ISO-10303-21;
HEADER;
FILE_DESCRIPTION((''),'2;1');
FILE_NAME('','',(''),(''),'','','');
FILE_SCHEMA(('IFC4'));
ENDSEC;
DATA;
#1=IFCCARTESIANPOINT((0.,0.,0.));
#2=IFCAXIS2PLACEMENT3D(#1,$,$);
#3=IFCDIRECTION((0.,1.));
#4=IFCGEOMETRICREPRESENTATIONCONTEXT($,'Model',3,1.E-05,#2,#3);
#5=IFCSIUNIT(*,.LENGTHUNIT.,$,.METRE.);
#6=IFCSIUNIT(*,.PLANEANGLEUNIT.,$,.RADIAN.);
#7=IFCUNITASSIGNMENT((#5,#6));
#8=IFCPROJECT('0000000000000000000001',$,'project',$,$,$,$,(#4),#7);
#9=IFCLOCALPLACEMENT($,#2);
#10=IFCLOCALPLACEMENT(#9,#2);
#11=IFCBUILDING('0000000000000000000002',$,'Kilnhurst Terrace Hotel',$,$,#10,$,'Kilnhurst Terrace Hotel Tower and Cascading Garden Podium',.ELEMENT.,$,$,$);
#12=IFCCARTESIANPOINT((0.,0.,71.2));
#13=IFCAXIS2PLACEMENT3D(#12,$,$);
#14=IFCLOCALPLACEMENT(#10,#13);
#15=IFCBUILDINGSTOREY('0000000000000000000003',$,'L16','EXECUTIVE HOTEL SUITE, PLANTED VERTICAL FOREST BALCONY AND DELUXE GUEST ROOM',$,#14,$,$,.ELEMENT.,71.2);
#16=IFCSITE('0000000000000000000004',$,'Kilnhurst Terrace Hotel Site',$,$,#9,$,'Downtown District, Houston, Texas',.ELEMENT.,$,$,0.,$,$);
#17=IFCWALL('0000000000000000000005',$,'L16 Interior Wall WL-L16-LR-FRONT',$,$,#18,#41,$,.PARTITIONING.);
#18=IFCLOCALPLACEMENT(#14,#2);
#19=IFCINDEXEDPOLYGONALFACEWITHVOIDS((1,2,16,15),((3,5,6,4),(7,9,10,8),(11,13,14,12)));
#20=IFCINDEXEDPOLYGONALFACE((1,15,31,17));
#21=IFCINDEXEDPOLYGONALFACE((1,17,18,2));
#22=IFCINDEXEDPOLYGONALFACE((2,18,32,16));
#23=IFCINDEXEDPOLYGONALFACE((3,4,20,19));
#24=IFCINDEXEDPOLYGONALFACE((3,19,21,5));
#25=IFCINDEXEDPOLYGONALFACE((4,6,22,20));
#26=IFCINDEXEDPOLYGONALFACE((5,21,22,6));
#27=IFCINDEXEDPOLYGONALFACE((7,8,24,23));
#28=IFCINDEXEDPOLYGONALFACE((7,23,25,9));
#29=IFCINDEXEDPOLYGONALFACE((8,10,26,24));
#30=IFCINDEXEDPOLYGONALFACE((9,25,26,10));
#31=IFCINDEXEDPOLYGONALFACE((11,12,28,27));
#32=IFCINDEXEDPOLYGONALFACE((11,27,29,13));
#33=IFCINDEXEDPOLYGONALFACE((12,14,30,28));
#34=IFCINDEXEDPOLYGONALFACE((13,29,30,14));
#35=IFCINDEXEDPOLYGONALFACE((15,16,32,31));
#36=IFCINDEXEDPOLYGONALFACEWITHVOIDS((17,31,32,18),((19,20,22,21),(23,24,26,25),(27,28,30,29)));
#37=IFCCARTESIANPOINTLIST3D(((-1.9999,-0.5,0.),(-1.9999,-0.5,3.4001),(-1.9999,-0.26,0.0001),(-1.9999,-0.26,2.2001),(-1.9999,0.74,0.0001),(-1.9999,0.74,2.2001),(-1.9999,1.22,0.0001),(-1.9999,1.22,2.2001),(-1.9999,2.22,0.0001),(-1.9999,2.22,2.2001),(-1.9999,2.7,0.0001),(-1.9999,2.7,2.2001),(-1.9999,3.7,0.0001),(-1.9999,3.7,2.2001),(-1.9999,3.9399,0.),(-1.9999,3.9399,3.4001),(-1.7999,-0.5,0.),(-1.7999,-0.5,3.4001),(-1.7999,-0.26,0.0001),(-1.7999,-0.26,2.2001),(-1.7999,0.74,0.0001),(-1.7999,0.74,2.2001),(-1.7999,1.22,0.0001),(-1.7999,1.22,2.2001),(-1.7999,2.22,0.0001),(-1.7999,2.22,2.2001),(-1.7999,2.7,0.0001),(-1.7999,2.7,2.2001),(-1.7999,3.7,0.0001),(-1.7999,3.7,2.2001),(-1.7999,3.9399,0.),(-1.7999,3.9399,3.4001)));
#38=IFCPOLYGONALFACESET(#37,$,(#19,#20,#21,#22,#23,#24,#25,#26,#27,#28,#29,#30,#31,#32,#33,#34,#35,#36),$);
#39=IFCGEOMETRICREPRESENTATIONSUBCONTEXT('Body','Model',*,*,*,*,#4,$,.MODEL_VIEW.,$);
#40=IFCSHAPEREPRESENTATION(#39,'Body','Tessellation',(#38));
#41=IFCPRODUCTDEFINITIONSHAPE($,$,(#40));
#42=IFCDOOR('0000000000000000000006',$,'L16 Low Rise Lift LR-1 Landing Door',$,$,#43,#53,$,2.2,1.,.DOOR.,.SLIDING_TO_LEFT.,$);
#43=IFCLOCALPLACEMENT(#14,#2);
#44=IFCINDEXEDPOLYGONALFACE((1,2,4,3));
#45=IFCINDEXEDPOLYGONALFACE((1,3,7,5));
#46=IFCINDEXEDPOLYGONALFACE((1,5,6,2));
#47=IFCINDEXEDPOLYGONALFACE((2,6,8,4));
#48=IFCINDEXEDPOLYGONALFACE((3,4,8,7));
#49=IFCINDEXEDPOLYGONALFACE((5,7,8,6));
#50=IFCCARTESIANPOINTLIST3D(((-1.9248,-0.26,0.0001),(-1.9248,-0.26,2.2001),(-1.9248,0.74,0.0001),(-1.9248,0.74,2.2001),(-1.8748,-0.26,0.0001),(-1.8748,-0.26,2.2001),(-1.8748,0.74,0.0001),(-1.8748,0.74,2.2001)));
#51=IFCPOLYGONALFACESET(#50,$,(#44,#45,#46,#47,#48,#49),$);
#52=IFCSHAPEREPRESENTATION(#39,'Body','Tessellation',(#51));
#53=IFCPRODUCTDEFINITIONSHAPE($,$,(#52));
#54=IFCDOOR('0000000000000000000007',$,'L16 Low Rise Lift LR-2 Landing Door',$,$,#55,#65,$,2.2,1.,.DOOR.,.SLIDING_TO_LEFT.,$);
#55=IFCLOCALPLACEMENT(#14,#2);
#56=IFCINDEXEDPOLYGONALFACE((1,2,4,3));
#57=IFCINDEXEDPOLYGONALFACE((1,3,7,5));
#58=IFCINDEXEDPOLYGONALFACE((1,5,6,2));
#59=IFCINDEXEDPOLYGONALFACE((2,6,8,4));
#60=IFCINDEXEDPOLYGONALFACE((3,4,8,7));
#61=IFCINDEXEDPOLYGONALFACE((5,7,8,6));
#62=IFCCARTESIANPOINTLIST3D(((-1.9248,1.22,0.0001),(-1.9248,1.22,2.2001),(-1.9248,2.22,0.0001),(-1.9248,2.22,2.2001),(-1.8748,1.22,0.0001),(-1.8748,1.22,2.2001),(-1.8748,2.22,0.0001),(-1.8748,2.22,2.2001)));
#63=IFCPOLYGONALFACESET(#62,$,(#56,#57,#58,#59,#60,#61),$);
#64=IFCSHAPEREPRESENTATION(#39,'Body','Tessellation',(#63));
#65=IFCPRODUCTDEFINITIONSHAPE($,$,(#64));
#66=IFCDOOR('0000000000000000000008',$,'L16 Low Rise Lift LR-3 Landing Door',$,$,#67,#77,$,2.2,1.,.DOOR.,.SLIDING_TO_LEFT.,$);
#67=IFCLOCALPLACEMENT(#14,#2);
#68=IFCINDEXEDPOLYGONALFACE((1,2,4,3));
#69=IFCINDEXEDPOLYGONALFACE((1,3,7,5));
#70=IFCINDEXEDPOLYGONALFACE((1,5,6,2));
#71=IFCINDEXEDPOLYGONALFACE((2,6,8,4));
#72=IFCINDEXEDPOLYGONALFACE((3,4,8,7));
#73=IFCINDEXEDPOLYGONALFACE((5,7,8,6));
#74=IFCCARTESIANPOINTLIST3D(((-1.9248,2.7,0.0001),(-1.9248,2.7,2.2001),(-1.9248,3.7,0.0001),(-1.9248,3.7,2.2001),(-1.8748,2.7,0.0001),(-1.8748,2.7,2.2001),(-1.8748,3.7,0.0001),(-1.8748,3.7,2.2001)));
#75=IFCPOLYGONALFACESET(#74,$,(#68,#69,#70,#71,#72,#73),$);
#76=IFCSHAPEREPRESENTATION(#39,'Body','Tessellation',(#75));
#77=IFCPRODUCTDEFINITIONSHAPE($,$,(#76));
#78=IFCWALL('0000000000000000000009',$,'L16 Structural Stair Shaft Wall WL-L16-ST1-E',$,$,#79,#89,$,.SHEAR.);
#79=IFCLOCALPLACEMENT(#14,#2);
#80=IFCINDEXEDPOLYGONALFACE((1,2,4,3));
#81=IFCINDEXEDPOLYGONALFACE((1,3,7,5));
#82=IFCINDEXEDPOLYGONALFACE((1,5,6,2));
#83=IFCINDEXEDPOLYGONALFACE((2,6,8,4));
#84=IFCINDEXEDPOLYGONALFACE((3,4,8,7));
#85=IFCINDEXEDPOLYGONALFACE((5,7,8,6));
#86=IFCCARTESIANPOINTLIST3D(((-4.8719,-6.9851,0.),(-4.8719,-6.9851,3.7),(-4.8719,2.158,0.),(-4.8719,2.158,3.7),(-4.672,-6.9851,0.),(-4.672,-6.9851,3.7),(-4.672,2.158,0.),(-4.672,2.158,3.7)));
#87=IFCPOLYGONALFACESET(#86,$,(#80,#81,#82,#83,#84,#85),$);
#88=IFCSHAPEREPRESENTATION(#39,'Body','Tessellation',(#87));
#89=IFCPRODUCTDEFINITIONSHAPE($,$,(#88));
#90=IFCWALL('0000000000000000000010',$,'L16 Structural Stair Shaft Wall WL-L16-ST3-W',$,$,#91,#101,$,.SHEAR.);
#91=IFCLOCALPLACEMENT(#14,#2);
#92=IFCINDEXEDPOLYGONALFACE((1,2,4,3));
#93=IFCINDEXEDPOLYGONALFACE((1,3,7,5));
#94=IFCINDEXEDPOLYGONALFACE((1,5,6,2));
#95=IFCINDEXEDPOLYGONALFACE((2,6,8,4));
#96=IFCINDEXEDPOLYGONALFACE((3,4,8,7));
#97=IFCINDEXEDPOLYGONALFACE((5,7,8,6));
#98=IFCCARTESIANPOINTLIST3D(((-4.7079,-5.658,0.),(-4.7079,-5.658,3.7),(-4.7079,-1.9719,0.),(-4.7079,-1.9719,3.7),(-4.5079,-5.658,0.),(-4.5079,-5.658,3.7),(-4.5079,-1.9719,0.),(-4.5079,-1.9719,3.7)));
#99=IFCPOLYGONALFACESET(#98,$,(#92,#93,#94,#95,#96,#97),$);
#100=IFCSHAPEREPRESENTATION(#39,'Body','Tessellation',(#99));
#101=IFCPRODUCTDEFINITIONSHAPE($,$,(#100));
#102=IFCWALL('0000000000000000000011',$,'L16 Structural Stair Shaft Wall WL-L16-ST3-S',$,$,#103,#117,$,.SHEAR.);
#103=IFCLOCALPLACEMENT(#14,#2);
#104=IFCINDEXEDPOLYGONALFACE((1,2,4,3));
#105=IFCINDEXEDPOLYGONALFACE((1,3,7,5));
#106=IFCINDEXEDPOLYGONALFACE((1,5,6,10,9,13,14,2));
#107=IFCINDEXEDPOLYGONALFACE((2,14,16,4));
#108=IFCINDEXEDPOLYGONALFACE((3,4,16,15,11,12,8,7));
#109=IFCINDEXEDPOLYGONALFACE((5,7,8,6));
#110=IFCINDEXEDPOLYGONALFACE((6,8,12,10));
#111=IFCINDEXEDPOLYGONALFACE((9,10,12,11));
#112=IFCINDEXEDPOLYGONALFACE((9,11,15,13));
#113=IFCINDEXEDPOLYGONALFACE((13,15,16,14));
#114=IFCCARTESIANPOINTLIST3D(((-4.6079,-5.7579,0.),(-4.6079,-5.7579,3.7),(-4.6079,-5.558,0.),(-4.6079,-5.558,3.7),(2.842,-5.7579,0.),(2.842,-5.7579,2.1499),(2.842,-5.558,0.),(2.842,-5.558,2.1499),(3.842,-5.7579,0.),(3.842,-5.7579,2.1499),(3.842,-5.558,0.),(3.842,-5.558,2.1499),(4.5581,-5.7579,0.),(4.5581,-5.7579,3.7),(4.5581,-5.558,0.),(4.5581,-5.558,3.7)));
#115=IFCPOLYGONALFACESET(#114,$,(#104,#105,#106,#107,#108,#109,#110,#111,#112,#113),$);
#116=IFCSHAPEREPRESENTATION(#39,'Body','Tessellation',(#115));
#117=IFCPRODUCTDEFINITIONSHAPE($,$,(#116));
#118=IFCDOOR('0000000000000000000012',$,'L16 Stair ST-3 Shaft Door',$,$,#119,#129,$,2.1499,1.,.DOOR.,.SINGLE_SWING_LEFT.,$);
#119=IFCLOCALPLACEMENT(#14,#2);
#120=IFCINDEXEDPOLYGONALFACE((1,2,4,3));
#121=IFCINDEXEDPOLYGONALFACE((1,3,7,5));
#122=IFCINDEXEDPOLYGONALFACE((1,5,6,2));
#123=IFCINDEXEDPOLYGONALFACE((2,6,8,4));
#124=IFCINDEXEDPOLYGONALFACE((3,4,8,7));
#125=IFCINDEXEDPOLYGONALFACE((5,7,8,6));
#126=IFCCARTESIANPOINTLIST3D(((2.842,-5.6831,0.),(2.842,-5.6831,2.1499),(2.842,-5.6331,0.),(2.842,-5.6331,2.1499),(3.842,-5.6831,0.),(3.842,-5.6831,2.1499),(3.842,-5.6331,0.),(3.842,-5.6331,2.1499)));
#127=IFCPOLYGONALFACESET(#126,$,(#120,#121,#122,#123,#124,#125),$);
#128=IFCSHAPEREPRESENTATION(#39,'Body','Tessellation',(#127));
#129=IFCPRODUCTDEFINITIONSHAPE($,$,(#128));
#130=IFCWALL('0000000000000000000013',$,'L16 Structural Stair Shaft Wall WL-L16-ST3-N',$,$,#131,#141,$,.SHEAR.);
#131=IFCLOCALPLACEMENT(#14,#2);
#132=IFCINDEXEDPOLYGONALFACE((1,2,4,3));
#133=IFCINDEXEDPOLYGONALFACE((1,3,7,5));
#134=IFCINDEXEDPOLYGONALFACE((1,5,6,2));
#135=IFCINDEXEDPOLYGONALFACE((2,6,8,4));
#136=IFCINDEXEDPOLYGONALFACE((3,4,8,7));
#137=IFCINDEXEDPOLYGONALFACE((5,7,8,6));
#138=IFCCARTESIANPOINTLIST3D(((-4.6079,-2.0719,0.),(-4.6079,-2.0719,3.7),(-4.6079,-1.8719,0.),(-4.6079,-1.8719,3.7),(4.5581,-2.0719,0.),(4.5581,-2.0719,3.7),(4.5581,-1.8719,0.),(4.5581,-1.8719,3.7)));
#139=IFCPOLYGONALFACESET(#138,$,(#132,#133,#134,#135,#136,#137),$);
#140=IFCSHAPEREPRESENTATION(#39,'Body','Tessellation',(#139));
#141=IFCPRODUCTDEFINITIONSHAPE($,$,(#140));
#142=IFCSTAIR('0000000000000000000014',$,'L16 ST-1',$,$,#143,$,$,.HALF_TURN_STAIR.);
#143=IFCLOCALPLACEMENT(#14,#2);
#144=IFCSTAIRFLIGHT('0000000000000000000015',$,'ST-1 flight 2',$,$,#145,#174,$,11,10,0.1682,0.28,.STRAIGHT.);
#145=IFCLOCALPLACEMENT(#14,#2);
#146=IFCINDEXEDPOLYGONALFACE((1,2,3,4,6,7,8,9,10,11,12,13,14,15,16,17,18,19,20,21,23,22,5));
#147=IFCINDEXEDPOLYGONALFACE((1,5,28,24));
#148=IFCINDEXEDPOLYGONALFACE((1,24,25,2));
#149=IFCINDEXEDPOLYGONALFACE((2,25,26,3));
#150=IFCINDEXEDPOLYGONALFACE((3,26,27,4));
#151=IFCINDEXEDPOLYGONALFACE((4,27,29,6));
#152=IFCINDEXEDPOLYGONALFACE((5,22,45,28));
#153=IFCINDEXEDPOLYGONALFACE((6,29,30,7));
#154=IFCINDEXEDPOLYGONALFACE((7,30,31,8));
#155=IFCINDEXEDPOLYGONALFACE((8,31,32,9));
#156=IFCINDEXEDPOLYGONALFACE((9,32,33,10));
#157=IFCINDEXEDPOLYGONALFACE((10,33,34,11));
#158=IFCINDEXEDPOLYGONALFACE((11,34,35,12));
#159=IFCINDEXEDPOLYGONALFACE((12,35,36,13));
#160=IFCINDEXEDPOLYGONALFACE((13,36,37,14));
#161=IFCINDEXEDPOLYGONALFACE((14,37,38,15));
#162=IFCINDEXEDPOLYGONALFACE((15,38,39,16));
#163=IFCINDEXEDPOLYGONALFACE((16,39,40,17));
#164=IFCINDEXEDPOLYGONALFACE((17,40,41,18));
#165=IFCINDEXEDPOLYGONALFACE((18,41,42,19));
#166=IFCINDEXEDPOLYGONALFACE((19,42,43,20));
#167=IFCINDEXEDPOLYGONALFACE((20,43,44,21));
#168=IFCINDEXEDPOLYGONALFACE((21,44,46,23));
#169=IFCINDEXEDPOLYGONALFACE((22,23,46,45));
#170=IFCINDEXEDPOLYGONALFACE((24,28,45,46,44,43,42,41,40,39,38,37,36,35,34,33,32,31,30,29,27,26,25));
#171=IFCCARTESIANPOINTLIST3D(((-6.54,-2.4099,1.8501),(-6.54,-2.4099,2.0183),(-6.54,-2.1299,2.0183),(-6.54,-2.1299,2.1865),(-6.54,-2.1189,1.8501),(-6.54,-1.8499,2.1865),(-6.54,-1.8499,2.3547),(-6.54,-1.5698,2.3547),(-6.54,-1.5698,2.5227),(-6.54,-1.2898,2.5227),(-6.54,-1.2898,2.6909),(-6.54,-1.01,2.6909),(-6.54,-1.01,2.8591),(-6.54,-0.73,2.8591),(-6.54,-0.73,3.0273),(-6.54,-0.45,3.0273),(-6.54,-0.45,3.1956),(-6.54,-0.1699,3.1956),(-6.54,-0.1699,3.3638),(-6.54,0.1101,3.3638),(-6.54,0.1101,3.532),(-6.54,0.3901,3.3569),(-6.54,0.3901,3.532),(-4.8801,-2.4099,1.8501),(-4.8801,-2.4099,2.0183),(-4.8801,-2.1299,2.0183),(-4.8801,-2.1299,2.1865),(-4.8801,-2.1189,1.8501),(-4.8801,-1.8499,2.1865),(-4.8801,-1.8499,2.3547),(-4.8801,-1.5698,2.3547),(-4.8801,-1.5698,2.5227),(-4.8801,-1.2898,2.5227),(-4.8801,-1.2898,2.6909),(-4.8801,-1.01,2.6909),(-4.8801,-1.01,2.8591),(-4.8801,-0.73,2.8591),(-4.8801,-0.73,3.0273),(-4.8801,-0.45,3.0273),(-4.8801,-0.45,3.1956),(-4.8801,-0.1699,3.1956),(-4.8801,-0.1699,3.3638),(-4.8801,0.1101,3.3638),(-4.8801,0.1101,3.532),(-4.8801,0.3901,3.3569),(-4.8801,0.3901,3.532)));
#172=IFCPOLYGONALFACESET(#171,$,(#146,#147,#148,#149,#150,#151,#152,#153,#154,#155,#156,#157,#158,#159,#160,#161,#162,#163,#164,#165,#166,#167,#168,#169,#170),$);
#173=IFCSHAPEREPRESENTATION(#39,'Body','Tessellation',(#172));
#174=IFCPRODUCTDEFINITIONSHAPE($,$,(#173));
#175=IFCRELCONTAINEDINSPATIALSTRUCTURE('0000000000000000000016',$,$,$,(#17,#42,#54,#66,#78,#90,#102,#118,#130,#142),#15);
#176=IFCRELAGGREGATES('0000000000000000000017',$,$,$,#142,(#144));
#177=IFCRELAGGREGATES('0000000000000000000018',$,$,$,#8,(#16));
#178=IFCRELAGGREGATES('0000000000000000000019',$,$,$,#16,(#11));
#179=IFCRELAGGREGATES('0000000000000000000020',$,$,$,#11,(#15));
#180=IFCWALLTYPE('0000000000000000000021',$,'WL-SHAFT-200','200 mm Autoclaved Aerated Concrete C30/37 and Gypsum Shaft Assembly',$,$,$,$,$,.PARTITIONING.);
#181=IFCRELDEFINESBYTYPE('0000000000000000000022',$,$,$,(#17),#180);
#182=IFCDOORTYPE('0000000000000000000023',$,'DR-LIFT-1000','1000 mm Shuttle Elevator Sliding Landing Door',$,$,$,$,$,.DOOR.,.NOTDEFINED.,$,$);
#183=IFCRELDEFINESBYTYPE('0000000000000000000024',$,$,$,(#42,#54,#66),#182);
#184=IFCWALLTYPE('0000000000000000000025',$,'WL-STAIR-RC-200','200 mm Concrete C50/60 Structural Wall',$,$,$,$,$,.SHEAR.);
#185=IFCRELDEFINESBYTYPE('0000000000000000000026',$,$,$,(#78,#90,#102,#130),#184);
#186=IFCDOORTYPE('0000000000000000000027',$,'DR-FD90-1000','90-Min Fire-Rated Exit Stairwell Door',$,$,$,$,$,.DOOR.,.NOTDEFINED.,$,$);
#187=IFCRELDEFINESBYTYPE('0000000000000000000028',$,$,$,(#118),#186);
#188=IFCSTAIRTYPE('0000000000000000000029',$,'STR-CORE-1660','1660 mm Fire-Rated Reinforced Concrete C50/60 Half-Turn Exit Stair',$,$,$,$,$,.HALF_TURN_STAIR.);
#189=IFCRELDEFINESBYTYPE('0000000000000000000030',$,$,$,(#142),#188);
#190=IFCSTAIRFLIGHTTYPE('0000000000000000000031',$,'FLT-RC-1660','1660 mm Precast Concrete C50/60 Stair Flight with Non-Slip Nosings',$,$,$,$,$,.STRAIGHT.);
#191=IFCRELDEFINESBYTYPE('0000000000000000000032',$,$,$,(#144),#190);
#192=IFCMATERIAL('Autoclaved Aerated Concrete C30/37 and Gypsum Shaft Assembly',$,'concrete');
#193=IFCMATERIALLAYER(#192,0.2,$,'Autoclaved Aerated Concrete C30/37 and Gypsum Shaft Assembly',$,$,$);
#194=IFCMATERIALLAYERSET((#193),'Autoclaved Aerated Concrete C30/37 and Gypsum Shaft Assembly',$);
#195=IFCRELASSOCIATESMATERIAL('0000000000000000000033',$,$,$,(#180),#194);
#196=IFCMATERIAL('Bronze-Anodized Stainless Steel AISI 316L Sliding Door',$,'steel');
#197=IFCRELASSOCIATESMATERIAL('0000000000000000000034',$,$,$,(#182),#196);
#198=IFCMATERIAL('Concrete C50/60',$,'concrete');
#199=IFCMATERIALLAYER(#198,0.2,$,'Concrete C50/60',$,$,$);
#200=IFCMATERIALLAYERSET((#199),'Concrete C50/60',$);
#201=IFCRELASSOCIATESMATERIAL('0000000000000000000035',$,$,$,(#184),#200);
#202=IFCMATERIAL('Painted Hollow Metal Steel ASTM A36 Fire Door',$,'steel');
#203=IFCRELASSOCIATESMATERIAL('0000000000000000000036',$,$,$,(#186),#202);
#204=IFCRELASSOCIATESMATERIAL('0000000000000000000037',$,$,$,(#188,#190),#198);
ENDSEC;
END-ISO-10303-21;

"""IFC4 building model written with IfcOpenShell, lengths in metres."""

from ifc_helpers import new_model, si_unit, direction, frame, frame_2d, origin, place, context, subcontext, project, spatial, polyline, rectangle, outline, extrude, material, layer, layer_set, type_object, element, fill, aggregate, save


model = new_model("IFC4")

# Units and contexts
model_context = context("Model", 3, precision=1e-05, world=origin(), true_north=direction((0.0, 1.0)))
body_context = subcontext(model_context, "Body", "Model", "MODEL_VIEW")
ifc_project = project(units=[si_unit("LENGTHUNIT", "METRE"), si_unit("PLANEANGLEUNIT", "RADIAN")], contexts=[model_context])

# Site, building, storey
site_placement = place(None, origin())
site = spatial("IfcSite", under=ifc_project, at=site_placement, Name="Kilnhurst Terrace Hotel Site", LongName="Downtown District, Houston, Texas", CompositionType="ELEMENT", RefElevation=0.0)
building_placement = place(site_placement, origin())
building = spatial("IfcBuilding", under=site, at=building_placement, Name="Kilnhurst Terrace Hotel", LongName="Kilnhurst Terrace Hotel Tower and Cascading Garden Podium", CompositionType="ELEMENT")
storey_placement = place(building_placement, frame((0.0, 0.0, 71.2)))
storey = spatial("IfcBuildingStorey", under=building, at=storey_placement, Name="L16", Description="EXECUTIVE HOTEL SUITE, PLANTED VERTICAL FOREST BALCONY AND DELUXE GUEST ROOM", CompositionType="ELEMENT", Elevation=71.2)

# Shared definitions
ifc_material_1 = material(Name="Concrete C50/60", Category="concrete")

# Shared definitions
ifc_material_2 = material(Name="Autoclaved Aerated Concrete C30/37 and Gypsum Shaft Assembly", Category="concrete")
ifc_layer_1 = layer(ifc_material_2, 0.2, Name="Autoclaved Aerated Concrete C30/37 and Gypsum Shaft Assembly")
ifc_layer_set_1 = layer_set([ifc_layer_1], Name="Autoclaved Aerated Concrete C30/37 and Gypsum Shaft Assembly")
wall_type_1 = type_object("IfcWallType", Name="WL-SHAFT-200", Description="200 mm Autoclaved Aerated Concrete C30/37 and Gypsum Shaft Assembly", PredefinedType="PARTITIONING", material=ifc_layer_set_1)
ifc_material_3 = material(Name="Bronze-Anodized Stainless Steel AISI 316L Sliding Door", Category="steel")
door_type_1 = type_object("IfcDoorType", Name="DR-LIFT-1000", Description="1000 mm Shuttle Elevator Sliding Landing Door", OperationType="NOTDEFINED", PredefinedType="DOOR", material=ifc_material_3)

# Wall, openings, doors
wall_1_placement = place(storey_placement, frame((-1.8999, -0.5, 0.0), z_axis=(0.0, 0.0, 1.0), x_axis=(0.0, 1.0, 0.0)))
wall_1 = element("IfcWall", 1, at=wall_1_placement, inside=storey, type_object=wall_type_1, Name="L16 Interior Wall WL-L16-LR-FRONT", PredefinedType="PARTITIONING", context=body_context, shape_type="SweptSolid", body=[
    extrude(rectangle(XDim=4.4399, YDim=0.2, at=frame_2d((2.22, 0.0))), origin(), (0.0, 0.0, 1.0), 3.4001),
])
opening_1_placement = place(wall_1_placement, frame((0.24, 0.0, 0.0)))
opening_1 = element("IfcOpeningElement", 2, at=opening_1_placement, cuts=wall_1, PredefinedType="OPENING", context=body_context, shape_type="SweptSolid", body=[
    extrude(rectangle(XDim=1.0, YDim=2.2, at=frame_2d((0.5, 1.1001))), frame((0.0, 0.1099, 0.0), z_axis=(0.0, -1.0, 0.0), x_axis=(1.0, 0.0, 0.0)), (0.0, 0.0, 1.0), 0.22),
])
opening_2_placement = place(wall_1_placement, frame((1.72, 0.0, 0.0)))
opening_2 = element("IfcOpeningElement", 3, at=opening_2_placement, cuts=wall_1, PredefinedType="OPENING", context=body_context, shape_type="SweptSolid", body=[
    extrude(rectangle(XDim=1.0, YDim=2.2, at=frame_2d((0.5, 1.1001))), frame((0.0, 0.1099, 0.0), z_axis=(0.0, -1.0, 0.0), x_axis=(1.0, 0.0, 0.0)), (0.0, 0.0, 1.0), 0.22),
])
opening_3_placement = place(wall_1_placement, frame((3.2, 0.0, 0.0)))
opening_3 = element("IfcOpeningElement", 4, at=opening_3_placement, cuts=wall_1, PredefinedType="OPENING", context=body_context, shape_type="SweptSolid", body=[
    extrude(rectangle(XDim=1.0, YDim=2.2, at=frame_2d((0.5, 1.1001))), frame((0.0, 0.1099, 0.0), z_axis=(0.0, -1.0, 0.0), x_axis=(1.0, 0.0, 0.0)), (0.0, 0.0, 1.0), 0.22),
])
door_1_placement = place(opening_1_placement, origin())
door_1 = element("IfcDoor", 5, at=door_1_placement, inside=storey, type_object=door_type_1, Name="L16 Low Rise Lift LR-1 Landing Door", OperationType="SLIDING_TO_LEFT", OverallHeight=2.2, OverallWidth=1.0, PredefinedType="DOOR", context=body_context, shape_type="SweptSolid", body=[
    extrude(rectangle(XDim=1.0, YDim=2.2, at=frame_2d((0.5, 1.1001))), frame((0.0, 0.0249, 0.0), z_axis=(0.0, -1.0, 0.0), x_axis=(1.0, 0.0, 0.0)), (0.0, 0.0, 1.0), 0.05),
])
fill(opening_1, door_1)
door_2_placement = place(opening_2_placement, origin())
door_2 = element("IfcDoor", 6, at=door_2_placement, inside=storey, type_object=door_type_1, Name="L16 Low Rise Lift LR-2 Landing Door", OperationType="SLIDING_TO_LEFT", OverallHeight=2.2, OverallWidth=1.0, PredefinedType="DOOR", context=body_context, shape_type="SweptSolid", body=[
    extrude(rectangle(XDim=1.0, YDim=2.2, at=frame_2d((0.5, 1.1001))), frame((0.0, 0.0249, 0.0), z_axis=(0.0, -1.0, 0.0), x_axis=(1.0, 0.0, 0.0)), (0.0, 0.0, 1.0), 0.05),
])
fill(opening_2, door_2)
door_3_placement = place(opening_3_placement, origin())
door_3 = element("IfcDoor", 7, at=door_3_placement, inside=storey, type_object=door_type_1, Name="L16 Low Rise Lift LR-3 Landing Door", OperationType="SLIDING_TO_LEFT", OverallHeight=2.2, OverallWidth=1.0, PredefinedType="DOOR", context=body_context, shape_type="SweptSolid", body=[
    extrude(rectangle(XDim=1.0, YDim=2.2, at=frame_2d((0.5, 1.1001))), frame((0.0, 0.0249, 0.0), z_axis=(0.0, -1.0, 0.0), x_axis=(1.0, 0.0, 0.0)), (0.0, 0.0, 1.0), 0.05),
])
fill(opening_3, door_3)

# Walls
ifc_layer_2 = layer(ifc_material_1, 0.2, Name="Concrete C50/60")
ifc_layer_set_2 = layer_set([ifc_layer_2], Name="Concrete C50/60")
wall_type_2 = type_object("IfcWallType", Name="WL-STAIR-RC-200", Description="200 mm Concrete C50/60 Structural Wall", PredefinedType="SHEAR", material=ifc_layer_set_2)
wall_2_placement = place(storey_placement, frame((-4.772, -6.9851, 0.0), z_axis=(0.0, 0.0, 1.0), x_axis=(0.0, 1.0, 0.0)))
element("IfcWall", 8, at=wall_2_placement, inside=storey, type_object=wall_type_2, Name="L16 Structural Stair Shaft Wall WL-L16-ST1-E", PredefinedType="SHEAR", context=body_context, shape_type="SweptSolid", body=[
    extrude(rectangle(XDim=9.1431, YDim=0.2, at=frame_2d((4.5715, 0.0))), origin(), (0.0, 0.0, 1.0), 3.7),
])
wall_3_placement = place(storey_placement, frame((-4.6079, -5.658, 0.0), z_axis=(0.0, 0.0, 1.0), x_axis=(0.0, 1.0, 0.0)))
element("IfcWall", 9, at=wall_3_placement, inside=storey, type_object=wall_type_2, Name="L16 Structural Stair Shaft Wall WL-L16-ST3-W", PredefinedType="SHEAR", context=body_context, shape_type="SweptSolid", body=[
    extrude(rectangle(XDim=3.686, YDim=0.2, at=frame_2d((1.843, 0.0))), origin(), (0.0, 0.0, 1.0), 3.7),
])

# Wall, opening, door
wall_4_placement = place(storey_placement, frame((-4.6079, -5.658, 0.0), z_axis=(0.0, 0.0, 1.0), x_axis=(1.0, 0.0, 0.0)))
wall_4 = element("IfcWall", 10, at=wall_4_placement, inside=storey, type_object=wall_type_2, Name="L16 Structural Stair Shaft Wall WL-L16-ST3-S", PredefinedType="SHEAR", context=body_context, shape_type="SweptSolid", body=[
    extrude(rectangle(XDim=9.166, YDim=0.2, at=frame_2d((4.583, 0.0))), origin(), (0.0, 0.0, 1.0), 3.7),
])
opening_4_placement = place(wall_4_placement, frame((7.45, 0.0, 0.0)))
opening_4 = element("IfcOpeningElement", 11, at=opening_4_placement, cuts=wall_4, PredefinedType="OPENING", context=body_context, shape_type="SweptSolid", body=[
    extrude(rectangle(XDim=1.0, YDim=2.1499, at=frame_2d((0.5, 1.075))), frame((0.0, 0.1099, 0.0), z_axis=(0.0, -1.0, 0.0), x_axis=(1.0, 0.0, 0.0)), (0.0, 0.0, 1.0), 0.22),
])
ifc_material_4 = material(Name="Painted Hollow Metal Steel ASTM A36 Fire Door", Category="steel")
door_type_2 = type_object("IfcDoorType", Name="DR-FD90-1000", Description="90-Min Fire-Rated Exit Stairwell Door", OperationType="NOTDEFINED", PredefinedType="DOOR", material=ifc_material_4)
door_4_placement = place(opening_4_placement, origin())
door_4 = element("IfcDoor", 12, at=door_4_placement, inside=storey, type_object=door_type_2, Name="L16 Stair ST-3 Shaft Door", OperationType="SINGLE_SWING_LEFT", OverallHeight=2.1499, OverallWidth=1.0, PredefinedType="DOOR", context=body_context, shape_type="SweptSolid", body=[
    extrude(rectangle(XDim=1.0, YDim=2.1499, at=frame_2d((0.5, 1.075))), frame((0.0, 0.0249, 0.0), z_axis=(0.0, -1.0, 0.0), x_axis=(1.0, 0.0, 0.0)), (0.0, 0.0, 1.0), 0.05),
])
fill(opening_4, door_4)

# Wall
wall_5_placement = place(storey_placement, frame((-4.6079, -1.9719, 0.0), z_axis=(0.0, 0.0, 1.0), x_axis=(1.0, 0.0, 0.0)))
element("IfcWall", 13, at=wall_5_placement, inside=storey, type_object=wall_type_2, Name="L16 Structural Stair Shaft Wall WL-L16-ST3-N", PredefinedType="SHEAR", context=body_context, shape_type="SweptSolid", body=[
    extrude(rectangle(XDim=9.166, YDim=0.2, at=frame_2d((4.583, 0.0))), origin(), (0.0, 0.0, 1.0), 3.7),
])

# Stair, stair flight
stair_type = type_object("IfcStairType", Name="STR-CORE-1660", Description="1660 mm Fire-Rated Reinforced Concrete C50/60 Half-Turn Exit Stair", PredefinedType="HALF_TURN_STAIR", material=ifc_material_1)
stair_placement = place(storey_placement, origin())
stair = element("IfcStair", 14, at=stair_placement, inside=storey, type_object=stair_type, Name="L16 ST-1", PredefinedType="HALF_TURN_STAIR")
stair_flight_type = type_object("IfcStairFlightType", Name="FLT-RC-1660", Description="1660 mm Precast Concrete C50/60 Stair Flight with Non-Slip Nosings", PredefinedType="STRAIGHT", material=ifc_material_1)
stair_flight_placement = place(storey_placement, frame((-5.71, -2.4099, 1.8501), z_axis=(0.0, 0.0, 1.0), x_axis=(0.0, 1.0, 0.0)))
stair_flight = element("IfcStairFlight", 15, at=stair_flight_placement, type_object=stair_flight_type, Name="ST-1 flight 2", NumberOfRisers=11, NumberOfTreads=10, PredefinedType="STRAIGHT", RiserHeight=0.1682, TreadLength=0.28, context=body_context, shape_type="SweptSolid", body=[
    extrude(outline(polyline([(0.0, 0.0), (0.0, 0.1682), (0.28, 0.1682), (0.28, 0.3364), (0.5601, 0.3364), (0.5601, 0.5046), (0.8401, 0.5046), (0.8401, 0.6726), (1.1201, 0.6726), (1.1201, 0.8408), (1.3999, 0.8408), (1.3999, 1.009), (1.6799, 1.009), (1.6799, 1.1772), (1.96, 1.1772), (1.96, 1.3455), (2.24, 1.3455), (2.24, 1.5137), (2.52, 1.5137), (2.52, 1.6819), (2.8, 1.6819), (2.8, 1.8501), (2.8, 1.5068), (0.291, 0.0), (0.0, 0.0)])), frame((0.0, 0.8301, 0.0), z_axis=(0.0, -1.0, 0.0), x_axis=(1.0, 0.0, 0.0)), (0.0, 0.0, 1.0), 1.6599),
])
aggregate(stair, [stair_flight])

save(model, "model.ifc")
